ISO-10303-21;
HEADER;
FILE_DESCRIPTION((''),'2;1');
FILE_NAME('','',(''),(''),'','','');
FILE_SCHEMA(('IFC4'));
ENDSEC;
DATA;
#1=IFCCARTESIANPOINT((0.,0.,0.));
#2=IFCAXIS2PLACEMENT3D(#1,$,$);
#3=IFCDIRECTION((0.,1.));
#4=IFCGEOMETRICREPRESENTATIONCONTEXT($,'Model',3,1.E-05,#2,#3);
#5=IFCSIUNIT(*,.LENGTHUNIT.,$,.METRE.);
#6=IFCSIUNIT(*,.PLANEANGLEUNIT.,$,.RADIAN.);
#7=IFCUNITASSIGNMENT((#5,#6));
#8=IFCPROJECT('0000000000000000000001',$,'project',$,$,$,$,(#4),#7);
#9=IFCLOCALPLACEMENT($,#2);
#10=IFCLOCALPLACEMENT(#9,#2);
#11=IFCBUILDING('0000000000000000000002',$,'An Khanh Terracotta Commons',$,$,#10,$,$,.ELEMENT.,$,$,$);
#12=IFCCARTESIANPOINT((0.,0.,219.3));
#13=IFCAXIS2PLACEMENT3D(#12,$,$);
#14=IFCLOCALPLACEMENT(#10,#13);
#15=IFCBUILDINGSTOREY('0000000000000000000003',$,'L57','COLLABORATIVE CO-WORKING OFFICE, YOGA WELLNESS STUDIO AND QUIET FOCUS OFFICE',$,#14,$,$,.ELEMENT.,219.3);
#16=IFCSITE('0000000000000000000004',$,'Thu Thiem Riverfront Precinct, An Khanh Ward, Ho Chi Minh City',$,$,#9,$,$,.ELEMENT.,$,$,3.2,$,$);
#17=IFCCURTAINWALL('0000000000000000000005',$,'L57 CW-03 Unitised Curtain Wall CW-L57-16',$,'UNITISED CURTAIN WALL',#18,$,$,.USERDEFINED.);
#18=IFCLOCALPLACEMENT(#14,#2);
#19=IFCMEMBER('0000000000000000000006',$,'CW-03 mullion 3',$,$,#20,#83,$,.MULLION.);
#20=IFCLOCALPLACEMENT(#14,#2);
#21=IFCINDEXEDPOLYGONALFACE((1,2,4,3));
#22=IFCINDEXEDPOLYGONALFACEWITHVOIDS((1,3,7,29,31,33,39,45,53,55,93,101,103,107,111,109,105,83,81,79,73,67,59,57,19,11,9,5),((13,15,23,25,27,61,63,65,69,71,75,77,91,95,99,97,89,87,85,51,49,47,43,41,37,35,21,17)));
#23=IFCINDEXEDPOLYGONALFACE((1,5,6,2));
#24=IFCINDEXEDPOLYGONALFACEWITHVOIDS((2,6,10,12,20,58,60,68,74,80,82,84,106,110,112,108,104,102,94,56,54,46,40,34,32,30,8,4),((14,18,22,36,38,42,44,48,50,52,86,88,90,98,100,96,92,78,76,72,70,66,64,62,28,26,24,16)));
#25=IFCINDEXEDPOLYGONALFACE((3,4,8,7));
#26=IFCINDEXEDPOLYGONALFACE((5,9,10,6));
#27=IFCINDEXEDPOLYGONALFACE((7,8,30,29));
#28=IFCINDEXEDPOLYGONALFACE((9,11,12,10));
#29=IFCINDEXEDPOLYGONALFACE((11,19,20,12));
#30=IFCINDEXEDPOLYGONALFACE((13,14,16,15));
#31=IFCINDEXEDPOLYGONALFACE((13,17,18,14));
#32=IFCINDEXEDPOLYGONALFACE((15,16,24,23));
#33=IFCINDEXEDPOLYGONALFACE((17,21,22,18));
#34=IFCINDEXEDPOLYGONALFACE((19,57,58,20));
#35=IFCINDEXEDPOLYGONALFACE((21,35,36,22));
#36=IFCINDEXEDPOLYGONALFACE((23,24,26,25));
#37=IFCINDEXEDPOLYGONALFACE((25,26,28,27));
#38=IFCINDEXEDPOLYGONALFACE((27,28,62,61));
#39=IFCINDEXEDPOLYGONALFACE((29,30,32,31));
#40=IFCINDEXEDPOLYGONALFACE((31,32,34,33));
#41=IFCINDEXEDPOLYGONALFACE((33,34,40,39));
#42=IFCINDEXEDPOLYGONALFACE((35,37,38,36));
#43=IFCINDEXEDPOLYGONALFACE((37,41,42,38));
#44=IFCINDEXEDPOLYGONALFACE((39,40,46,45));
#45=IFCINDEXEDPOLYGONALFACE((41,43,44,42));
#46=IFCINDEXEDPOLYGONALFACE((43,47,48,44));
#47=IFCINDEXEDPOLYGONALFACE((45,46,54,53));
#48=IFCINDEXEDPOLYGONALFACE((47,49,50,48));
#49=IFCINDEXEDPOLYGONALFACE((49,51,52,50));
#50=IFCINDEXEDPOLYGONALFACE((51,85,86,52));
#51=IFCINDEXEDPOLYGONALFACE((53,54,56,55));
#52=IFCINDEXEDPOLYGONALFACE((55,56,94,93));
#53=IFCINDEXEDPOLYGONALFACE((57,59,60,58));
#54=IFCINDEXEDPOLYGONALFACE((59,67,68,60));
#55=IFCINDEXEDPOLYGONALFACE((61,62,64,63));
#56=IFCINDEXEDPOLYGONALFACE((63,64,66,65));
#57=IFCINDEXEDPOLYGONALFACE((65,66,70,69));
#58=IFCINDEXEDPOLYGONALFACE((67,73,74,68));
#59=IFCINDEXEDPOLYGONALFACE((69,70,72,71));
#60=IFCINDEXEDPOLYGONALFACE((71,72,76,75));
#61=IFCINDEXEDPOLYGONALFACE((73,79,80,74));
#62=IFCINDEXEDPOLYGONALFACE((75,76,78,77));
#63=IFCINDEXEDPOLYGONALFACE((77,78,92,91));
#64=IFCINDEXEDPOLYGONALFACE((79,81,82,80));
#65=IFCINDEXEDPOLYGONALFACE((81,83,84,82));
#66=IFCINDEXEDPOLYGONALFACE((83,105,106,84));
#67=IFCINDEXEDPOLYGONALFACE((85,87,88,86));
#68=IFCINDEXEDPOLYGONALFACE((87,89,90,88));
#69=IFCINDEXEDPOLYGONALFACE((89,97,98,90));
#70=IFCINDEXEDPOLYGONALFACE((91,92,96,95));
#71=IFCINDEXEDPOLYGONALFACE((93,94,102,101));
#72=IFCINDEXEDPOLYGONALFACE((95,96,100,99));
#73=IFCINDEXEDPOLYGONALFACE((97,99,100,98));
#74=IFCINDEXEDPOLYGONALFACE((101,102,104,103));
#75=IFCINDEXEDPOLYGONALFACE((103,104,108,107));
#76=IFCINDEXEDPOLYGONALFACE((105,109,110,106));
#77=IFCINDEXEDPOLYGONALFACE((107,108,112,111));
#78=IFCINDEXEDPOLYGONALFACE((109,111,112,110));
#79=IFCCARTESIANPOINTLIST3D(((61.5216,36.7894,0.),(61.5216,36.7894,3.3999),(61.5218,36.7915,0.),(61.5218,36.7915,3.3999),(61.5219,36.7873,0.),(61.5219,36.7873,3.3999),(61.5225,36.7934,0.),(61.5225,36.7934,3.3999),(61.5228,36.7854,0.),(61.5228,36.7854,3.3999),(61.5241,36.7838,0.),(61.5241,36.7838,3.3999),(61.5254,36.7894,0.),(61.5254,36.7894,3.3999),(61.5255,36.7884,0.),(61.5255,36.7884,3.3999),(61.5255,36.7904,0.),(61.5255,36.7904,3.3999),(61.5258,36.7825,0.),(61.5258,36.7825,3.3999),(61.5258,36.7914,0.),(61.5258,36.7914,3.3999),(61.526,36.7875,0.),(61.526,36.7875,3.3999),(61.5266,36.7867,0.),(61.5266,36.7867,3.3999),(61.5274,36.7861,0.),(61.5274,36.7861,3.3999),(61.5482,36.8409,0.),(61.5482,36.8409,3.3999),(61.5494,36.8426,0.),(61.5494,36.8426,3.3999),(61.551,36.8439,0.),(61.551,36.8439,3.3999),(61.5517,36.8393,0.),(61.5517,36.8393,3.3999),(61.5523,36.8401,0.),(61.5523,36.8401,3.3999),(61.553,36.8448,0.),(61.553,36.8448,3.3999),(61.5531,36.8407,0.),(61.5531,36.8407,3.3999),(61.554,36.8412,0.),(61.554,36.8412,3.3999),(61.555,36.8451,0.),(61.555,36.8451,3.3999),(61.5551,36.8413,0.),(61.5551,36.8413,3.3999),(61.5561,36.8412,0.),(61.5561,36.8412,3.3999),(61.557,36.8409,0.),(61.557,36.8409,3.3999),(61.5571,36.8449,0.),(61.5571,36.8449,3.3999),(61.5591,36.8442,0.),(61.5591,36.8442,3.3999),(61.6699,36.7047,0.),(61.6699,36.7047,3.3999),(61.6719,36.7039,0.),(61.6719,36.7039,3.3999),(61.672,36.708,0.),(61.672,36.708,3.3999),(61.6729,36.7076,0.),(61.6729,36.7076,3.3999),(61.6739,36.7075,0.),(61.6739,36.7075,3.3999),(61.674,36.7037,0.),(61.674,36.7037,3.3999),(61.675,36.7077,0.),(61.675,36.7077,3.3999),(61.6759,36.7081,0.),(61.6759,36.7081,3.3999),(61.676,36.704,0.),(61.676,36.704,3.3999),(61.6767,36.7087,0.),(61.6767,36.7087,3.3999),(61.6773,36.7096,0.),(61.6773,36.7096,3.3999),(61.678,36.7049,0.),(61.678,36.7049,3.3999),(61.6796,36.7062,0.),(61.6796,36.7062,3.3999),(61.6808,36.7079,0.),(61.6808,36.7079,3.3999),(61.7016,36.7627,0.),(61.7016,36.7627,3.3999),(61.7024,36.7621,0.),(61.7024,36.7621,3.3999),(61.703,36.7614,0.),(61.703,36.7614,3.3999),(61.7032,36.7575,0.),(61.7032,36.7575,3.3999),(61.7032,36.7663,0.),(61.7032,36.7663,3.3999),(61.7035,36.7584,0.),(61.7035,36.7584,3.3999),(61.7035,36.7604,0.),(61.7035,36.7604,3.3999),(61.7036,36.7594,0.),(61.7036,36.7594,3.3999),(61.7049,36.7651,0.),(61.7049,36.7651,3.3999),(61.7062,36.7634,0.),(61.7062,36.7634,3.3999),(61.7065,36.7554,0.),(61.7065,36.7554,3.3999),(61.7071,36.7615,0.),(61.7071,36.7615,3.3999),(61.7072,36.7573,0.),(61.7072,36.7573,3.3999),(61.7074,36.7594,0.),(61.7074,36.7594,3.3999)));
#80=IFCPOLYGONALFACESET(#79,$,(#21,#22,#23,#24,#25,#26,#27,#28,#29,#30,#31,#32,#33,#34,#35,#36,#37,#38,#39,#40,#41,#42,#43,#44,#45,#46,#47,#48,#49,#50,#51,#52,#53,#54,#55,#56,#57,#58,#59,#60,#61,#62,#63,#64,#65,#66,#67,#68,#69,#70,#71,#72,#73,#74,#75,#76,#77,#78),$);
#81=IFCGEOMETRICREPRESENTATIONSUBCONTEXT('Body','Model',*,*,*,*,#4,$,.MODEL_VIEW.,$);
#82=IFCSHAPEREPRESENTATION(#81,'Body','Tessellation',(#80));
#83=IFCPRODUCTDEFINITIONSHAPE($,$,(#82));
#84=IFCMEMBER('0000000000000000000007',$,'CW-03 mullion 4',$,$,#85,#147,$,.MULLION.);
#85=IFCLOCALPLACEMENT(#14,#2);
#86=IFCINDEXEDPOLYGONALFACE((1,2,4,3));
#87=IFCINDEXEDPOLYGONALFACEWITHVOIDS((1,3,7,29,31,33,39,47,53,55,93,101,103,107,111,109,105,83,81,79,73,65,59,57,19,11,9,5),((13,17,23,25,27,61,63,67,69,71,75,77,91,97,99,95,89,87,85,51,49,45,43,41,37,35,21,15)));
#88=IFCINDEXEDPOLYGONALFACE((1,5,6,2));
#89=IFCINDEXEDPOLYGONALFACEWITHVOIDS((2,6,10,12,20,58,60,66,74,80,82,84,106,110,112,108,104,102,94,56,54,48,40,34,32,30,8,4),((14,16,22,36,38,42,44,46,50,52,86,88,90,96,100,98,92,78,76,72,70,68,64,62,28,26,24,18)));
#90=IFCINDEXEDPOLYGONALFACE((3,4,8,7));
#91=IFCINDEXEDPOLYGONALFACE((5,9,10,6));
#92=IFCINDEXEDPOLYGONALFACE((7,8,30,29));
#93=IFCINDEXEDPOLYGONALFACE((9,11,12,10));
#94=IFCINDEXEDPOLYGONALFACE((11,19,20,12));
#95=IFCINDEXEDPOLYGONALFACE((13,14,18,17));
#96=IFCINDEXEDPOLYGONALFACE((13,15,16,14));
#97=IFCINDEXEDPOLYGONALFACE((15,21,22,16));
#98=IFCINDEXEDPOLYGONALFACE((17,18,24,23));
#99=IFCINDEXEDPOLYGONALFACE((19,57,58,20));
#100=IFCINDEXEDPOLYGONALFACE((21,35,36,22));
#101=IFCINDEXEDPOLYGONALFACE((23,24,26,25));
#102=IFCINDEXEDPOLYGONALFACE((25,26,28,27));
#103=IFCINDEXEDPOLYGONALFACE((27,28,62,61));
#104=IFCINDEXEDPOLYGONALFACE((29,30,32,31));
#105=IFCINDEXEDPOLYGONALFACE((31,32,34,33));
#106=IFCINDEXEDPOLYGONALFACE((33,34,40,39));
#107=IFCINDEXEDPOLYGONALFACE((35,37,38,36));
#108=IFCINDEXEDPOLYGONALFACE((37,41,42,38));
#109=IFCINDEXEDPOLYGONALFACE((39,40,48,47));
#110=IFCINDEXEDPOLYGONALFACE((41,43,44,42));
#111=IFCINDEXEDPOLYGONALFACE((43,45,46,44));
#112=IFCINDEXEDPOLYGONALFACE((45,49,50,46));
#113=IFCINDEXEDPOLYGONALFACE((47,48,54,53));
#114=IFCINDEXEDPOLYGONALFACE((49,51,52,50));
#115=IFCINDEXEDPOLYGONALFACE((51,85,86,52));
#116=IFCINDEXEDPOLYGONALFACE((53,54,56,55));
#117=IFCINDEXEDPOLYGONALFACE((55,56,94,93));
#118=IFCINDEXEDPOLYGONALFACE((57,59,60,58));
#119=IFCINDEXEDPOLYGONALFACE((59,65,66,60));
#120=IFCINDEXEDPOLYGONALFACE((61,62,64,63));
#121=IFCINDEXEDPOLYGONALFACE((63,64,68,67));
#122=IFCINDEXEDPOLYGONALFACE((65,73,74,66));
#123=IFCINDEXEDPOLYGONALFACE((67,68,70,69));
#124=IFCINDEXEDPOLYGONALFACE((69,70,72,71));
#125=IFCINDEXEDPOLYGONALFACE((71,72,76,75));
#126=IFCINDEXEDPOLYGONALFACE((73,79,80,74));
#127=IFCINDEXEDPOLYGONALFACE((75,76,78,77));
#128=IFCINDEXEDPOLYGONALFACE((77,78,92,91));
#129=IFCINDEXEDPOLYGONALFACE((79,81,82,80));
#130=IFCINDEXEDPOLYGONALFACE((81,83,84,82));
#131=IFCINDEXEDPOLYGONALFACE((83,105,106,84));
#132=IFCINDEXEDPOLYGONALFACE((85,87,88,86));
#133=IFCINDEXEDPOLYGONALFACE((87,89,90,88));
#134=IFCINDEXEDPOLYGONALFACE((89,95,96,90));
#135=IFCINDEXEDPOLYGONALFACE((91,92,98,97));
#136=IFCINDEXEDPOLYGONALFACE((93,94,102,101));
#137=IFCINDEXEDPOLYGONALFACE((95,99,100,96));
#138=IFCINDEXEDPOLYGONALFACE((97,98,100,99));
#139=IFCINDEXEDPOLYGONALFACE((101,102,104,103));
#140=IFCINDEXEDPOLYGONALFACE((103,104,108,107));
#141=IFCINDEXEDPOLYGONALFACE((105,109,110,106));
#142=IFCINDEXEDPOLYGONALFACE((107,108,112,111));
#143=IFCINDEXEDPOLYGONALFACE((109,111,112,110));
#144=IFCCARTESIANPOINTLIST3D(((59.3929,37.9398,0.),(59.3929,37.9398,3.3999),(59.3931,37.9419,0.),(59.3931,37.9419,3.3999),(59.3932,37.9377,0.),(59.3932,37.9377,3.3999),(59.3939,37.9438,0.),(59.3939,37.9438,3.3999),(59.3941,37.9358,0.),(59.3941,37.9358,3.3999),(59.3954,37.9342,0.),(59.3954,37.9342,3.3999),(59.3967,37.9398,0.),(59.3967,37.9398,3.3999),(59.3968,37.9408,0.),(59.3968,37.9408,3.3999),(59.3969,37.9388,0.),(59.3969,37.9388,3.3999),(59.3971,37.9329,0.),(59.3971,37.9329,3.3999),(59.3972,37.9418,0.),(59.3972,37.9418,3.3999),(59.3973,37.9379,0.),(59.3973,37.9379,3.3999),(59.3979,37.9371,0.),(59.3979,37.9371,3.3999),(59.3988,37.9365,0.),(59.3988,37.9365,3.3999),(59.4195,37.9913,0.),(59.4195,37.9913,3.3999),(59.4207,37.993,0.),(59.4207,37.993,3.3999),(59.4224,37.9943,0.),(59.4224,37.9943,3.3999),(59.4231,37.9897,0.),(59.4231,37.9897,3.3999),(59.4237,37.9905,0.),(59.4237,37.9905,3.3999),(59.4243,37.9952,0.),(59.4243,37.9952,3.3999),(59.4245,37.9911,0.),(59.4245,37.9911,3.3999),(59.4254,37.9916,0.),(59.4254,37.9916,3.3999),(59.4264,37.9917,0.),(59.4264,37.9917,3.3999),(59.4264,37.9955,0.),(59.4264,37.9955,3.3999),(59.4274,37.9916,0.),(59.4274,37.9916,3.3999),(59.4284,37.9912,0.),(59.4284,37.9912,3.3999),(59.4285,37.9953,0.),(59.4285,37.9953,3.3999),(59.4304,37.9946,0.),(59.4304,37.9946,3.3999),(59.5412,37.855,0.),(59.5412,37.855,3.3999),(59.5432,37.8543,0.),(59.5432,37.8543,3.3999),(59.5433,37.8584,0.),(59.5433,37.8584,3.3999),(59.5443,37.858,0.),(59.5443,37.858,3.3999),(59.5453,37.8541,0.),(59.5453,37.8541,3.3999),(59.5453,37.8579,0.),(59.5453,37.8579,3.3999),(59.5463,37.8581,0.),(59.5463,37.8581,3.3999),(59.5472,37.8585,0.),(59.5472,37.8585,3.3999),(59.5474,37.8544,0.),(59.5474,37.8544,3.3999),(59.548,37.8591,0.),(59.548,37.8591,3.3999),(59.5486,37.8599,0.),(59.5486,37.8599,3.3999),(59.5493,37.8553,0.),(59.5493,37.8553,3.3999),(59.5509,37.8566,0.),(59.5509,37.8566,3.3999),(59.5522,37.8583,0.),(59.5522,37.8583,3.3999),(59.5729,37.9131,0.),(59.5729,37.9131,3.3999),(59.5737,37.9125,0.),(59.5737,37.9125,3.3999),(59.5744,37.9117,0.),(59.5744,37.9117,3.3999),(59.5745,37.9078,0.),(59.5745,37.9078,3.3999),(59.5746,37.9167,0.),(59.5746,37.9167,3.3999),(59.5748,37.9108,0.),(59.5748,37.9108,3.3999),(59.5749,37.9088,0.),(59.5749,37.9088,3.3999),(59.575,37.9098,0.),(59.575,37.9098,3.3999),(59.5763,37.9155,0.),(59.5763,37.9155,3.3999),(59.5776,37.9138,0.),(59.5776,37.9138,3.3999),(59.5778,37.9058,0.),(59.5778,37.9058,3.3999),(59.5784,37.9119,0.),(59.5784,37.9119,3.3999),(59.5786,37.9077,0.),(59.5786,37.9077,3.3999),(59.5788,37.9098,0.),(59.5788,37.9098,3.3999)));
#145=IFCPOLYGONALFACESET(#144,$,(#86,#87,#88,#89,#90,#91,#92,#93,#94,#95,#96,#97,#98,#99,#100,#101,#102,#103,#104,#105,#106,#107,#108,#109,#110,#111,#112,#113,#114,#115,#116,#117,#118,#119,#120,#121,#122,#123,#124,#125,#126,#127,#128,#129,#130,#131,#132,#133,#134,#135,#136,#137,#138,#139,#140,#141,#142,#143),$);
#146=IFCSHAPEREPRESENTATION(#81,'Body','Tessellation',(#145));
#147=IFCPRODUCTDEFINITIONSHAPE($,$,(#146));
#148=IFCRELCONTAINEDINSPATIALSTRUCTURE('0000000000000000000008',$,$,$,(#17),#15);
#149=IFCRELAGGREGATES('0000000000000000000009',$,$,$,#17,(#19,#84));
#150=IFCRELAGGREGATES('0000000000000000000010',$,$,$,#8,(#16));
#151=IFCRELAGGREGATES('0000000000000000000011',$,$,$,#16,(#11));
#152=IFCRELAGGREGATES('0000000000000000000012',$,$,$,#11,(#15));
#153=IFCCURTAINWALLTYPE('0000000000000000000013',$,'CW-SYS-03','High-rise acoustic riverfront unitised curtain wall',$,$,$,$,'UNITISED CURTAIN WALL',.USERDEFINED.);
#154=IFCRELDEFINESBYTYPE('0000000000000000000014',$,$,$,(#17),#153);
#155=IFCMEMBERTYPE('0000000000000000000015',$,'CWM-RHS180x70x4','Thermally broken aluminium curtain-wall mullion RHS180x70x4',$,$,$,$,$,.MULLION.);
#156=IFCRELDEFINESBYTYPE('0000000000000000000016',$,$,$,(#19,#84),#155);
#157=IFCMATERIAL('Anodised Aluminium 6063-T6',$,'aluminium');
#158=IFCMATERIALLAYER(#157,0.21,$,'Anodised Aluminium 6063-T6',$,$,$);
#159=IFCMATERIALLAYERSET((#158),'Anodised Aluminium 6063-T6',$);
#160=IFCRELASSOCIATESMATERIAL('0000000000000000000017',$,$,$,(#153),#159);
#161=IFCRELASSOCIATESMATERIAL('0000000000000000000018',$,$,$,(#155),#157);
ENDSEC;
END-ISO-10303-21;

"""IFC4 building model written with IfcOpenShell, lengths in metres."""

from ifc_helpers import new_model, si_unit, direction, frame, origin, origin_2d, place, context, subcontext, project, spatial, hollow_rectangle, extrude, material, layer, layer_set, material_profile, profile_set, type_object, element, aggregate, save


model = new_model("IFC4")

# Units and contexts
model_context = context("Model", 3, precision=1e-05, world=origin(), true_north=direction((0.0, 1.0)))
body_context = subcontext(model_context, "Body", "Model", "MODEL_VIEW")
ifc_project = project(units=[si_unit("LENGTHUNIT", "METRE"), si_unit("PLANEANGLEUNIT", "RADIAN")], contexts=[model_context])

# Site, building, storey
site_placement = place(None, origin())
site = spatial("IfcSite", under=ifc_project, at=site_placement, Name="Thu Thiem Riverfront Precinct, An Khanh Ward, Ho Chi Minh City", CompositionType="ELEMENT", RefElevation=3.2)
building_placement = place(site_placement, origin())
building = spatial("IfcBuilding", under=site, at=building_placement, Name="An Khanh Terracotta Commons", CompositionType="ELEMENT")
storey_placement = place(building_placement, frame((0.0, 0.0, 219.3)))
storey = spatial("IfcBuildingStorey", under=building, at=storey_placement, Name="L57", Description="COLLABORATIVE CO-WORKING OFFICE, YOGA WELLNESS STUDIO AND QUIET FOCUS OFFICE", CompositionType="ELEMENT", Elevation=219.3)

# Curtain wall, members
ifc_material_1 = material(Name="Anodised Aluminium 6063-T6", Category="aluminium")
ifc_layer_1 = layer(ifc_material_1, 0.21, Name="Anodised Aluminium 6063-T6")
ifc_layer_set_1 = layer_set([ifc_layer_1], Name="Anodised Aluminium 6063-T6")
curtain_wall_type = type_object("IfcCurtainWallType", Name="CW-SYS-03", Description="High-rise acoustic riverfront unitised curtain wall", ElementType="UNITISED CURTAIN WALL", PredefinedType="USERDEFINED", material=ifc_layer_set_1)
curtain_wall_placement = place(storey_placement, origin())
curtain_wall = element("IfcCurtainWall", 1, at=curtain_wall_placement, inside=storey, type_object=curtain_wall_type, Name="L57 CW-03 Unitised Curtain Wall CW-L57-16", ObjectType="UNITISED CURTAIN WALL", PredefinedType="USERDEFINED")
ifc_material_profile_1 = material_profile(ifc_material_1, hollow_rectangle(XDim=0.0701, YDim=0.1799, WallThickness=0.0039, InnerFilletRadius=0.0039, OuterFilletRadius=0.0081, at=origin_2d()), Name="RHS180x70x4")
ifc_profile_set_1 = profile_set([ifc_material_profile_1], Name="Anodised Aluminium 6063-T6")
member_type_1 = type_object("IfcMemberType", Name="CWM-RHS180x70x4", Description="Thermally broken aluminium curtain-wall mullion RHS180x70x4", PredefinedType="MULLION", material=ifc_profile_set_1)
member_1_placement = place(storey_placement, frame((61.6145, 36.7744, 0.0), z_axis=(0.0, 0.0, 1.0), x_axis=(-0.475381, -0.87978, 0.0)))
member_1 = element("IfcMember", 2, at=member_1_placement, type_object=member_type_1, Name="CW-03 mullion 3", PredefinedType="MULLION", context=body_context, shape_type="SweptSolid", body=[
    extrude(hollow_rectangle(XDim=0.0701, YDim=0.1799, WallThickness=0.0039, InnerFilletRadius=0.0039, OuterFilletRadius=0.0081, at=origin_2d()), origin(), (0.0, 0.0, 1.0), 3.3999),
])
member_2_placement = place(storey_placement, frame((59.4858, 37.9248, 0.0), z_axis=(0.0, 0.0, 1.0), x_axis=(-0.475381, -0.87978, 0.0)))
member_2 = element("IfcMember", 3, at=member_2_placement, type_object=member_type_1, Name="CW-03 mullion 4", PredefinedType="MULLION", context=body_context, shape_type="SweptSolid", body=[
    extrude(hollow_rectangle(XDim=0.0701, YDim=0.1799, WallThickness=0.0039, InnerFilletRadius=0.0039, OuterFilletRadius=0.0081, at=origin_2d()), origin(), (0.0, 0.0, 1.0), 3.3999),
])
aggregate(curtain_wall, [member_1, member_2])

save(model, "model.ifc")
